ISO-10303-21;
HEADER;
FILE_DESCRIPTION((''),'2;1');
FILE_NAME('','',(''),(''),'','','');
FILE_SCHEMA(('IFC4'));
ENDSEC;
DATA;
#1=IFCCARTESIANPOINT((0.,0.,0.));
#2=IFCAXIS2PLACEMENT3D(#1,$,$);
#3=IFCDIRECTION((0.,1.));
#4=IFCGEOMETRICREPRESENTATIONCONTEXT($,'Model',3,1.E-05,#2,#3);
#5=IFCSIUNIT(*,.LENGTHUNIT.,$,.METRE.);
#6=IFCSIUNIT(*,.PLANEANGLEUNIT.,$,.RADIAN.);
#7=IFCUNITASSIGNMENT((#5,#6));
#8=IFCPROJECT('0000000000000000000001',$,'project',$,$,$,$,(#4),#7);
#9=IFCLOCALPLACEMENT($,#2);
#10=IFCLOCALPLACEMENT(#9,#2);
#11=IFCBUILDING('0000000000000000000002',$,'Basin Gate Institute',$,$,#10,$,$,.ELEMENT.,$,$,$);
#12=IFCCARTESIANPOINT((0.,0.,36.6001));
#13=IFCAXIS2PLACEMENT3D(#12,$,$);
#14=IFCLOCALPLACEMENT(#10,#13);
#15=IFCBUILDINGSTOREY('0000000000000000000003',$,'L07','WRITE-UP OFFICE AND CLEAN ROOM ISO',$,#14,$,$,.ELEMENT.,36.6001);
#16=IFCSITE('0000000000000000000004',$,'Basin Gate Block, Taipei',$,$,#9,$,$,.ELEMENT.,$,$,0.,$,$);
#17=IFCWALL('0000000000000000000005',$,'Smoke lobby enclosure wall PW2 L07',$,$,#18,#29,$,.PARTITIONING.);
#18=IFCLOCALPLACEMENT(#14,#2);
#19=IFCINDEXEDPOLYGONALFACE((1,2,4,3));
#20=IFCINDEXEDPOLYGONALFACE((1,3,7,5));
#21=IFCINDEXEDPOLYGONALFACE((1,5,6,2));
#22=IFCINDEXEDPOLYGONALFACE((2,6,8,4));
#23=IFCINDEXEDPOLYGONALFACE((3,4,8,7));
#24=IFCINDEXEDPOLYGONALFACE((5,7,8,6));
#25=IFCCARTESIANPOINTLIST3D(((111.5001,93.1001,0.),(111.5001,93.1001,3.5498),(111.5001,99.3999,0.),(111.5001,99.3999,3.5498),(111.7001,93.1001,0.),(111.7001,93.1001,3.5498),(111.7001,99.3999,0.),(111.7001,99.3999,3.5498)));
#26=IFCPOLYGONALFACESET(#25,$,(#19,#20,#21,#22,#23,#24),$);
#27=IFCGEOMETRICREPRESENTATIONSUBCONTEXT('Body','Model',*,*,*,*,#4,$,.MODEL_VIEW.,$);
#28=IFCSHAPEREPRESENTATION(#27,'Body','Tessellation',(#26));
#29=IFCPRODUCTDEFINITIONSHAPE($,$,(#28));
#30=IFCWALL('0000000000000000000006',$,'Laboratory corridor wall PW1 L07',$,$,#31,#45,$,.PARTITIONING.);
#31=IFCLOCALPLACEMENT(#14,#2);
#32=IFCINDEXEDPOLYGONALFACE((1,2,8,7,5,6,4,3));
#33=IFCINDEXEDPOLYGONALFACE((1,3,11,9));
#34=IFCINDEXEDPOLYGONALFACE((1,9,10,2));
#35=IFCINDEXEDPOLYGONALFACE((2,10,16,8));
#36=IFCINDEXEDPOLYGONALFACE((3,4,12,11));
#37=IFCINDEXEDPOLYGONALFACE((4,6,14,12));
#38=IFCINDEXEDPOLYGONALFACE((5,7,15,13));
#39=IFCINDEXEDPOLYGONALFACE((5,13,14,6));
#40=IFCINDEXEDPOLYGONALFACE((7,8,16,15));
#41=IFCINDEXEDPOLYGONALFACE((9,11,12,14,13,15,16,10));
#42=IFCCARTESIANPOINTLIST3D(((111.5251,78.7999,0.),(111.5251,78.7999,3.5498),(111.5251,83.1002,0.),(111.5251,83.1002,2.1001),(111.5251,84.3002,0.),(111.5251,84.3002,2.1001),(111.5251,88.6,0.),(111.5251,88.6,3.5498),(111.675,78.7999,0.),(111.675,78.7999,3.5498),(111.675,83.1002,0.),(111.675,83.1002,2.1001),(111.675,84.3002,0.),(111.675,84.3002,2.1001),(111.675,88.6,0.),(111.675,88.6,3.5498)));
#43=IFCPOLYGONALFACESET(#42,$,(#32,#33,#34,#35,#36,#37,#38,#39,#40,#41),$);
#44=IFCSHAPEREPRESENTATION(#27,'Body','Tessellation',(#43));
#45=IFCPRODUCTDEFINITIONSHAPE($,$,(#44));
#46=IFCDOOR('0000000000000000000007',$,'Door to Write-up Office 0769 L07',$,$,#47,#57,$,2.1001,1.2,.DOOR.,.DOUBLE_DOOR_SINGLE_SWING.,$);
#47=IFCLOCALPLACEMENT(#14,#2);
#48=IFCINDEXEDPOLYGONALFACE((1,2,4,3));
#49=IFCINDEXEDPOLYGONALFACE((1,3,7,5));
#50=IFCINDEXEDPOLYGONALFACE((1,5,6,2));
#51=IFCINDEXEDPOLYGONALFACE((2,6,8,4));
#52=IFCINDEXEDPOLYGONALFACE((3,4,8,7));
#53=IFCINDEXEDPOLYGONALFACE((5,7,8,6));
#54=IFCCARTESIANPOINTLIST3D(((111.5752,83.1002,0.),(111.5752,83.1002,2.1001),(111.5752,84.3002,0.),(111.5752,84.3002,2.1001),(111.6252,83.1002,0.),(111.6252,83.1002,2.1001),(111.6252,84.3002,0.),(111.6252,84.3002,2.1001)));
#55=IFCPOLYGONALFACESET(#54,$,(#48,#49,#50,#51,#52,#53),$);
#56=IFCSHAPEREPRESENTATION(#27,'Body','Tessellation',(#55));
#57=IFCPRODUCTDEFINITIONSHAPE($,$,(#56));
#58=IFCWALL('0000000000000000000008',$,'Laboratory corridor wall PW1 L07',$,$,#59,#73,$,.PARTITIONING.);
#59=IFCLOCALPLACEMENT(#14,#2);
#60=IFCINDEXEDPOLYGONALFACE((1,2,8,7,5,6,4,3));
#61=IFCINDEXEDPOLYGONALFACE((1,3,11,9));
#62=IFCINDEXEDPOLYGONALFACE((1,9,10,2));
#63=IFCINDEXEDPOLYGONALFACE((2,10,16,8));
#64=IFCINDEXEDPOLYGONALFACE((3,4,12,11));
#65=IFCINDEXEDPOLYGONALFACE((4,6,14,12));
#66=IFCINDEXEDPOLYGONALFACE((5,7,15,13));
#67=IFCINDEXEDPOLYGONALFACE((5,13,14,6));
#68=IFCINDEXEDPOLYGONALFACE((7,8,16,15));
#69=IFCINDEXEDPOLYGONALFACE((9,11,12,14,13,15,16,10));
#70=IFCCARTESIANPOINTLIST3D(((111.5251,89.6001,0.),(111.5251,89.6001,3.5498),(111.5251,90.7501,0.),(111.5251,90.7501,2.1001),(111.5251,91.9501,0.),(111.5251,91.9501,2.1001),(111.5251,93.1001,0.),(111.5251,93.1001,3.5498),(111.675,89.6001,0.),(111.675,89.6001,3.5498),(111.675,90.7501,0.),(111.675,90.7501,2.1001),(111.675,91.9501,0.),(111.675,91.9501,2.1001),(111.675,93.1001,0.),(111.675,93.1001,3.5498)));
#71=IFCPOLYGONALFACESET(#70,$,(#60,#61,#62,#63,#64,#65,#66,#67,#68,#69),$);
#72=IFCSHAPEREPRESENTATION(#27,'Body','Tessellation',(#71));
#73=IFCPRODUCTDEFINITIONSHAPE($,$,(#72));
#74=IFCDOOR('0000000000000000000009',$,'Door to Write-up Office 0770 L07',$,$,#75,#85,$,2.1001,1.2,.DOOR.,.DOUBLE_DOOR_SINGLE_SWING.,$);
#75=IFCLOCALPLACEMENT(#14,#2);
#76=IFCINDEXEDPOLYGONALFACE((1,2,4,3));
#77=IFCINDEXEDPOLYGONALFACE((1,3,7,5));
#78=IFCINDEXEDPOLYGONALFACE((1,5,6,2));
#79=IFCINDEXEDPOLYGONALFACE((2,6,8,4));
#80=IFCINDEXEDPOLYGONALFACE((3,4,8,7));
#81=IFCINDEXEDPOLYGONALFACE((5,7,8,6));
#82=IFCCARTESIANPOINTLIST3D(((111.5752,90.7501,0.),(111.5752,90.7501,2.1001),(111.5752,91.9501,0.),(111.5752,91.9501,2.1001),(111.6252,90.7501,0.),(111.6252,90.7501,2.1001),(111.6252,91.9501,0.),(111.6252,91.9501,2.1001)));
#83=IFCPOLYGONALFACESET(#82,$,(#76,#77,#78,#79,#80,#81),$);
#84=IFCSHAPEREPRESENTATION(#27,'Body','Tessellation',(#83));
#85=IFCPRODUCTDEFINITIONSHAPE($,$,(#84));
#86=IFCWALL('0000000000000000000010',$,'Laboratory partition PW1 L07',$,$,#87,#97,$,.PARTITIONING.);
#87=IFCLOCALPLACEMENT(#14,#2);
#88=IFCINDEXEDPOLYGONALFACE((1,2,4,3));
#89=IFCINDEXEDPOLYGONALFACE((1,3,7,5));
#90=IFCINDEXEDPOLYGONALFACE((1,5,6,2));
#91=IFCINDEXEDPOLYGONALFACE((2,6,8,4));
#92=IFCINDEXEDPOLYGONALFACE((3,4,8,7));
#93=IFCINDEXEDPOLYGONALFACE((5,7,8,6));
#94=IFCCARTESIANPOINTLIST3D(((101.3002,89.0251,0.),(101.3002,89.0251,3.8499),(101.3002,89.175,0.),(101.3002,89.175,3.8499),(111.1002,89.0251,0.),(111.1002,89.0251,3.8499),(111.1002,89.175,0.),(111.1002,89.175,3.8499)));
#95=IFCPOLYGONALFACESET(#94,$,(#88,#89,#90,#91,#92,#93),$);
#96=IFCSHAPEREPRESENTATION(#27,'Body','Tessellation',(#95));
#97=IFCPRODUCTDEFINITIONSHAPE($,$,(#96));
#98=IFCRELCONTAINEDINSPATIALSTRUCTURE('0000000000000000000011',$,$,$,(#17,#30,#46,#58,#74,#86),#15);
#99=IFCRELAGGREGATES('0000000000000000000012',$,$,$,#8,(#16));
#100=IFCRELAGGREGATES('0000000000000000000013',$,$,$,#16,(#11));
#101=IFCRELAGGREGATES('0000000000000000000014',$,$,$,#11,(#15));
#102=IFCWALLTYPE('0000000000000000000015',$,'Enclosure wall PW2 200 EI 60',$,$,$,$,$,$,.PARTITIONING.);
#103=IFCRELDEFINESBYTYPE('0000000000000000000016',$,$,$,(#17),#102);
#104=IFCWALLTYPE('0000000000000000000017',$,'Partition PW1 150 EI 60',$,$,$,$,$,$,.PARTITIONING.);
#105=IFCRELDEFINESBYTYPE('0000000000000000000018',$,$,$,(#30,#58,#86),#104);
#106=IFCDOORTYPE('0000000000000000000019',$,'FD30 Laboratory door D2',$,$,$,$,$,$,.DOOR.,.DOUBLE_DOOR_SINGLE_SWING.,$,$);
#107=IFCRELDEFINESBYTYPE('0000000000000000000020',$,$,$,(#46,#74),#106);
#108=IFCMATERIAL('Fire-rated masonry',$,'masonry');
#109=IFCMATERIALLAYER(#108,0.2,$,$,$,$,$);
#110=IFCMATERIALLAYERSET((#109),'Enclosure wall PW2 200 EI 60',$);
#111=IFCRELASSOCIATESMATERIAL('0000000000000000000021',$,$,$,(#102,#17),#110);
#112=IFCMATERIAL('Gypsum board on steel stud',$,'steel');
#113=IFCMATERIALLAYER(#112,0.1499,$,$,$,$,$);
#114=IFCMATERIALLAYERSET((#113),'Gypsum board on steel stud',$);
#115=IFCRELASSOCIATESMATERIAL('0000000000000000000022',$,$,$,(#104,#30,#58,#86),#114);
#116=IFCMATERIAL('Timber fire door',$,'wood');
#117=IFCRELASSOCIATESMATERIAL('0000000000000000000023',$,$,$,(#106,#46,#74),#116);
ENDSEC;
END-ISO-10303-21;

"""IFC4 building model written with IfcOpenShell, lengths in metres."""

from ifc_helpers import new_model, si_unit, direction, frame, frame_2d, origin, place, context, subcontext, project, spatial, rectangle, extrude, material, layer, layer_set, type_object, element, fill, save


model = new_model("IFC4")

# Units and contexts
model_context = context("Model", 3, precision=1e-05, world=origin(), true_north=direction((0.0, 1.0)))
body_context = subcontext(model_context, "Body", "Model", "MODEL_VIEW")
ifc_project = project(units=[si_unit("LENGTHUNIT", "METRE"), si_unit("PLANEANGLEUNIT", "RADIAN")], contexts=[model_context])

# Site, building, storey
site_placement = place(None, origin())
site = spatial("IfcSite", under=ifc_project, at=site_placement, Name="Basin Gate Block, Taipei", CompositionType="ELEMENT", RefElevation=0.0)
building_placement = place(site_placement, origin())
building = spatial("IfcBuilding", under=site, at=building_placement, Name="Basin Gate Institute", CompositionType="ELEMENT")
storey_placement = place(building_placement, frame((0.0, 0.0, 36.6001)))
storey = spatial("IfcBuildingStorey", under=building, at=storey_placement, Name="L07", Description="WRITE-UP OFFICE AND CLEAN ROOM ISO", CompositionType="ELEMENT", Elevation=36.6001)

# Shared definitions
ifc_material_1 = material(Name="Fire-rated masonry", Category="masonry")
ifc_layer_1 = layer(ifc_material_1, 0.2)
ifc_layer_set_1 = layer_set([ifc_layer_1], Name="Enclosure wall PW2 200 EI 60")
wall_type_1 = type_object("IfcWallType", Name="Enclosure wall PW2 200 EI 60", PredefinedType="PARTITIONING", material=ifc_layer_set_1)

# Wall
wall_1_placement = place(storey_placement, frame((111.6001, 93.1001, 0.0), z_axis=(0.0, 0.0, 1.0), x_axis=(0.0, 1.0, 0.0)))
element("IfcWall", 1, at=wall_1_placement, inside=storey, type_object=wall_type_1, material=ifc_layer_set_1, Name="Smoke lobby enclosure wall PW2 L07", PredefinedType="PARTITIONING", context=body_context, shape_type="SweptSolid", body=[
    extrude(rectangle(XDim=6.2998, YDim=0.2, at=frame_2d((3.1499, 0.0))), origin(), (0.0, 0.0, 1.0), 3.5498),
])

# Walls, openings, doors
ifc_material_2 = material(Name="Gypsum board on steel stud", Category="steel")
ifc_layer_2 = layer(ifc_material_2, 0.1499)
ifc_layer_set_2 = layer_set([ifc_layer_2], Name="Gypsum board on steel stud")
wall_type_2 = type_object("IfcWallType", Name="Partition PW1 150 EI 60", PredefinedType="PARTITIONING", material=ifc_layer_set_2)
wall_2_placement = place(storey_placement, frame((111.6001, 78.8, 0.0), z_axis=(0.0, 0.0, 1.0), x_axis=(0.0, 1.0, 0.0)))
wall_2 = element("IfcWall", 2, at=wall_2_placement, inside=storey, type_object=wall_type_2, material=ifc_layer_set_2, Name="Laboratory corridor wall PW1 L07", PredefinedType="PARTITIONING", context=body_context, shape_type="SweptSolid", body=[
    extrude(rectangle(XDim=9.8, YDim=0.1499, at=frame_2d((4.8999, 0.0))), origin(), (0.0, 0.0, 1.0), 3.5498),
])
opening_1_placement = place(wall_2_placement, frame((4.3, 0.0, 0.0)))
opening_1 = element("IfcOpeningElement", 3, at=opening_1_placement, cuts=wall_2, PredefinedType="OPENING", context=body_context, shape_type="SweptSolid", body=[
    extrude(rectangle(XDim=1.2, YDim=2.1001, at=frame_2d((0.6001, 1.05))), frame((0.0, 0.085, 0.0), z_axis=(0.0, -1.0, 0.0), x_axis=(1.0, 0.0, 0.0)), (0.0, 0.0, 1.0), 0.1699),
])
ifc_material_3 = material(Name="Timber fire door", Category="wood")
door_type_1 = type_object("IfcDoorType", Name="FD30 Laboratory door D2", OperationType="DOUBLE_DOOR_SINGLE_SWING", PredefinedType="DOOR", material=ifc_material_3)
door_1_placement = place(opening_1_placement, origin())
door_1 = element("IfcDoor", 4, at=door_1_placement, inside=storey, type_object=door_type_1, material=ifc_material_3, Name="Door to Write-up Office 0769 L07", OperationType="DOUBLE_DOOR_SINGLE_SWING", OverallHeight=2.1001, OverallWidth=1.2, PredefinedType="DOOR", context=body_context, shape_type="SweptSolid", body=[
    extrude(rectangle(XDim=1.2, YDim=2.1001, at=frame_2d((0.6001, 1.05))), frame((0.0, 0.0249, 0.0), z_axis=(0.0, -1.0, 0.0), x_axis=(1.0, 0.0, 0.0)), (0.0, 0.0, 1.0), 0.05),
])
fill(opening_1, door_1)
wall_3_placement = place(storey_placement, frame((111.6001, 89.6001, 0.0), z_axis=(0.0, 0.0, 1.0), x_axis=(0.0, 1.0, 0.0)))
wall_3 = element("IfcWall", 5, at=wall_3_placement, inside=storey, type_object=wall_type_2, material=ifc_layer_set_2, Name="Laboratory corridor wall PW1 L07", PredefinedType="PARTITIONING", context=body_context, shape_type="SweptSolid", body=[
    extrude(rectangle(XDim=3.5, YDim=0.1499, at=frame_2d((1.75, 0.0))), origin(), (0.0, 0.0, 1.0), 3.5498),
])
opening_2_placement = place(wall_3_placement, frame((1.1499, 0.0, 0.0)))
opening_2 = element("IfcOpeningElement", 6, at=opening_2_placement, cuts=wall_3, PredefinedType="OPENING", context=body_context, shape_type="SweptSolid", body=[
    extrude(rectangle(XDim=1.2, YDim=2.1001, at=frame_2d((0.6001, 1.05))), frame((0.0, 0.085, 0.0), z_axis=(0.0, -1.0, 0.0), x_axis=(1.0, 0.0, 0.0)), (0.0, 0.0, 1.0), 0.1699),
])
door_2_placement = place(opening_2_placement, origin())
door_2 = element("IfcDoor", 7, at=door_2_placement, inside=storey, type_object=door_type_1, material=ifc_material_3, Name="Door to Write-up Office 0770 L07", OperationType="DOUBLE_DOOR_SINGLE_SWING", OverallHeight=2.1001, OverallWidth=1.2, PredefinedType="DOOR", context=body_context, shape_type="SweptSolid", body=[
    extrude(rectangle(XDim=1.2, YDim=2.1001, at=frame_2d((0.6001, 1.05))), frame((0.0, 0.0249, 0.0), z_axis=(0.0, -1.0, 0.0), x_axis=(1.0, 0.0, 0.0)), (0.0, 0.0, 1.0), 0.05),
])
fill(opening_2, door_2)

# Wall
wall_4_placement = place(storey_placement, frame((111.1001, 89.1001, 0.0), z_axis=(0.0, 0.0, 1.0), x_axis=(-1.0, 0.0, 0.0)))
element("IfcWall", 8, at=wall_4_placement, inside=storey, type_object=wall_type_2, material=ifc_layer_set_2, Name="Laboratory partition PW1 L07", PredefinedType="PARTITIONING", context=body_context, shape_type="SweptSolid", body=[
    extrude(rectangle(XDim=9.8, YDim=0.1499, at=frame_2d((4.8999, 0.0))), origin(), (0.0, 0.0, 1.0), 3.8499),
])

save(model, "model.ifc")
